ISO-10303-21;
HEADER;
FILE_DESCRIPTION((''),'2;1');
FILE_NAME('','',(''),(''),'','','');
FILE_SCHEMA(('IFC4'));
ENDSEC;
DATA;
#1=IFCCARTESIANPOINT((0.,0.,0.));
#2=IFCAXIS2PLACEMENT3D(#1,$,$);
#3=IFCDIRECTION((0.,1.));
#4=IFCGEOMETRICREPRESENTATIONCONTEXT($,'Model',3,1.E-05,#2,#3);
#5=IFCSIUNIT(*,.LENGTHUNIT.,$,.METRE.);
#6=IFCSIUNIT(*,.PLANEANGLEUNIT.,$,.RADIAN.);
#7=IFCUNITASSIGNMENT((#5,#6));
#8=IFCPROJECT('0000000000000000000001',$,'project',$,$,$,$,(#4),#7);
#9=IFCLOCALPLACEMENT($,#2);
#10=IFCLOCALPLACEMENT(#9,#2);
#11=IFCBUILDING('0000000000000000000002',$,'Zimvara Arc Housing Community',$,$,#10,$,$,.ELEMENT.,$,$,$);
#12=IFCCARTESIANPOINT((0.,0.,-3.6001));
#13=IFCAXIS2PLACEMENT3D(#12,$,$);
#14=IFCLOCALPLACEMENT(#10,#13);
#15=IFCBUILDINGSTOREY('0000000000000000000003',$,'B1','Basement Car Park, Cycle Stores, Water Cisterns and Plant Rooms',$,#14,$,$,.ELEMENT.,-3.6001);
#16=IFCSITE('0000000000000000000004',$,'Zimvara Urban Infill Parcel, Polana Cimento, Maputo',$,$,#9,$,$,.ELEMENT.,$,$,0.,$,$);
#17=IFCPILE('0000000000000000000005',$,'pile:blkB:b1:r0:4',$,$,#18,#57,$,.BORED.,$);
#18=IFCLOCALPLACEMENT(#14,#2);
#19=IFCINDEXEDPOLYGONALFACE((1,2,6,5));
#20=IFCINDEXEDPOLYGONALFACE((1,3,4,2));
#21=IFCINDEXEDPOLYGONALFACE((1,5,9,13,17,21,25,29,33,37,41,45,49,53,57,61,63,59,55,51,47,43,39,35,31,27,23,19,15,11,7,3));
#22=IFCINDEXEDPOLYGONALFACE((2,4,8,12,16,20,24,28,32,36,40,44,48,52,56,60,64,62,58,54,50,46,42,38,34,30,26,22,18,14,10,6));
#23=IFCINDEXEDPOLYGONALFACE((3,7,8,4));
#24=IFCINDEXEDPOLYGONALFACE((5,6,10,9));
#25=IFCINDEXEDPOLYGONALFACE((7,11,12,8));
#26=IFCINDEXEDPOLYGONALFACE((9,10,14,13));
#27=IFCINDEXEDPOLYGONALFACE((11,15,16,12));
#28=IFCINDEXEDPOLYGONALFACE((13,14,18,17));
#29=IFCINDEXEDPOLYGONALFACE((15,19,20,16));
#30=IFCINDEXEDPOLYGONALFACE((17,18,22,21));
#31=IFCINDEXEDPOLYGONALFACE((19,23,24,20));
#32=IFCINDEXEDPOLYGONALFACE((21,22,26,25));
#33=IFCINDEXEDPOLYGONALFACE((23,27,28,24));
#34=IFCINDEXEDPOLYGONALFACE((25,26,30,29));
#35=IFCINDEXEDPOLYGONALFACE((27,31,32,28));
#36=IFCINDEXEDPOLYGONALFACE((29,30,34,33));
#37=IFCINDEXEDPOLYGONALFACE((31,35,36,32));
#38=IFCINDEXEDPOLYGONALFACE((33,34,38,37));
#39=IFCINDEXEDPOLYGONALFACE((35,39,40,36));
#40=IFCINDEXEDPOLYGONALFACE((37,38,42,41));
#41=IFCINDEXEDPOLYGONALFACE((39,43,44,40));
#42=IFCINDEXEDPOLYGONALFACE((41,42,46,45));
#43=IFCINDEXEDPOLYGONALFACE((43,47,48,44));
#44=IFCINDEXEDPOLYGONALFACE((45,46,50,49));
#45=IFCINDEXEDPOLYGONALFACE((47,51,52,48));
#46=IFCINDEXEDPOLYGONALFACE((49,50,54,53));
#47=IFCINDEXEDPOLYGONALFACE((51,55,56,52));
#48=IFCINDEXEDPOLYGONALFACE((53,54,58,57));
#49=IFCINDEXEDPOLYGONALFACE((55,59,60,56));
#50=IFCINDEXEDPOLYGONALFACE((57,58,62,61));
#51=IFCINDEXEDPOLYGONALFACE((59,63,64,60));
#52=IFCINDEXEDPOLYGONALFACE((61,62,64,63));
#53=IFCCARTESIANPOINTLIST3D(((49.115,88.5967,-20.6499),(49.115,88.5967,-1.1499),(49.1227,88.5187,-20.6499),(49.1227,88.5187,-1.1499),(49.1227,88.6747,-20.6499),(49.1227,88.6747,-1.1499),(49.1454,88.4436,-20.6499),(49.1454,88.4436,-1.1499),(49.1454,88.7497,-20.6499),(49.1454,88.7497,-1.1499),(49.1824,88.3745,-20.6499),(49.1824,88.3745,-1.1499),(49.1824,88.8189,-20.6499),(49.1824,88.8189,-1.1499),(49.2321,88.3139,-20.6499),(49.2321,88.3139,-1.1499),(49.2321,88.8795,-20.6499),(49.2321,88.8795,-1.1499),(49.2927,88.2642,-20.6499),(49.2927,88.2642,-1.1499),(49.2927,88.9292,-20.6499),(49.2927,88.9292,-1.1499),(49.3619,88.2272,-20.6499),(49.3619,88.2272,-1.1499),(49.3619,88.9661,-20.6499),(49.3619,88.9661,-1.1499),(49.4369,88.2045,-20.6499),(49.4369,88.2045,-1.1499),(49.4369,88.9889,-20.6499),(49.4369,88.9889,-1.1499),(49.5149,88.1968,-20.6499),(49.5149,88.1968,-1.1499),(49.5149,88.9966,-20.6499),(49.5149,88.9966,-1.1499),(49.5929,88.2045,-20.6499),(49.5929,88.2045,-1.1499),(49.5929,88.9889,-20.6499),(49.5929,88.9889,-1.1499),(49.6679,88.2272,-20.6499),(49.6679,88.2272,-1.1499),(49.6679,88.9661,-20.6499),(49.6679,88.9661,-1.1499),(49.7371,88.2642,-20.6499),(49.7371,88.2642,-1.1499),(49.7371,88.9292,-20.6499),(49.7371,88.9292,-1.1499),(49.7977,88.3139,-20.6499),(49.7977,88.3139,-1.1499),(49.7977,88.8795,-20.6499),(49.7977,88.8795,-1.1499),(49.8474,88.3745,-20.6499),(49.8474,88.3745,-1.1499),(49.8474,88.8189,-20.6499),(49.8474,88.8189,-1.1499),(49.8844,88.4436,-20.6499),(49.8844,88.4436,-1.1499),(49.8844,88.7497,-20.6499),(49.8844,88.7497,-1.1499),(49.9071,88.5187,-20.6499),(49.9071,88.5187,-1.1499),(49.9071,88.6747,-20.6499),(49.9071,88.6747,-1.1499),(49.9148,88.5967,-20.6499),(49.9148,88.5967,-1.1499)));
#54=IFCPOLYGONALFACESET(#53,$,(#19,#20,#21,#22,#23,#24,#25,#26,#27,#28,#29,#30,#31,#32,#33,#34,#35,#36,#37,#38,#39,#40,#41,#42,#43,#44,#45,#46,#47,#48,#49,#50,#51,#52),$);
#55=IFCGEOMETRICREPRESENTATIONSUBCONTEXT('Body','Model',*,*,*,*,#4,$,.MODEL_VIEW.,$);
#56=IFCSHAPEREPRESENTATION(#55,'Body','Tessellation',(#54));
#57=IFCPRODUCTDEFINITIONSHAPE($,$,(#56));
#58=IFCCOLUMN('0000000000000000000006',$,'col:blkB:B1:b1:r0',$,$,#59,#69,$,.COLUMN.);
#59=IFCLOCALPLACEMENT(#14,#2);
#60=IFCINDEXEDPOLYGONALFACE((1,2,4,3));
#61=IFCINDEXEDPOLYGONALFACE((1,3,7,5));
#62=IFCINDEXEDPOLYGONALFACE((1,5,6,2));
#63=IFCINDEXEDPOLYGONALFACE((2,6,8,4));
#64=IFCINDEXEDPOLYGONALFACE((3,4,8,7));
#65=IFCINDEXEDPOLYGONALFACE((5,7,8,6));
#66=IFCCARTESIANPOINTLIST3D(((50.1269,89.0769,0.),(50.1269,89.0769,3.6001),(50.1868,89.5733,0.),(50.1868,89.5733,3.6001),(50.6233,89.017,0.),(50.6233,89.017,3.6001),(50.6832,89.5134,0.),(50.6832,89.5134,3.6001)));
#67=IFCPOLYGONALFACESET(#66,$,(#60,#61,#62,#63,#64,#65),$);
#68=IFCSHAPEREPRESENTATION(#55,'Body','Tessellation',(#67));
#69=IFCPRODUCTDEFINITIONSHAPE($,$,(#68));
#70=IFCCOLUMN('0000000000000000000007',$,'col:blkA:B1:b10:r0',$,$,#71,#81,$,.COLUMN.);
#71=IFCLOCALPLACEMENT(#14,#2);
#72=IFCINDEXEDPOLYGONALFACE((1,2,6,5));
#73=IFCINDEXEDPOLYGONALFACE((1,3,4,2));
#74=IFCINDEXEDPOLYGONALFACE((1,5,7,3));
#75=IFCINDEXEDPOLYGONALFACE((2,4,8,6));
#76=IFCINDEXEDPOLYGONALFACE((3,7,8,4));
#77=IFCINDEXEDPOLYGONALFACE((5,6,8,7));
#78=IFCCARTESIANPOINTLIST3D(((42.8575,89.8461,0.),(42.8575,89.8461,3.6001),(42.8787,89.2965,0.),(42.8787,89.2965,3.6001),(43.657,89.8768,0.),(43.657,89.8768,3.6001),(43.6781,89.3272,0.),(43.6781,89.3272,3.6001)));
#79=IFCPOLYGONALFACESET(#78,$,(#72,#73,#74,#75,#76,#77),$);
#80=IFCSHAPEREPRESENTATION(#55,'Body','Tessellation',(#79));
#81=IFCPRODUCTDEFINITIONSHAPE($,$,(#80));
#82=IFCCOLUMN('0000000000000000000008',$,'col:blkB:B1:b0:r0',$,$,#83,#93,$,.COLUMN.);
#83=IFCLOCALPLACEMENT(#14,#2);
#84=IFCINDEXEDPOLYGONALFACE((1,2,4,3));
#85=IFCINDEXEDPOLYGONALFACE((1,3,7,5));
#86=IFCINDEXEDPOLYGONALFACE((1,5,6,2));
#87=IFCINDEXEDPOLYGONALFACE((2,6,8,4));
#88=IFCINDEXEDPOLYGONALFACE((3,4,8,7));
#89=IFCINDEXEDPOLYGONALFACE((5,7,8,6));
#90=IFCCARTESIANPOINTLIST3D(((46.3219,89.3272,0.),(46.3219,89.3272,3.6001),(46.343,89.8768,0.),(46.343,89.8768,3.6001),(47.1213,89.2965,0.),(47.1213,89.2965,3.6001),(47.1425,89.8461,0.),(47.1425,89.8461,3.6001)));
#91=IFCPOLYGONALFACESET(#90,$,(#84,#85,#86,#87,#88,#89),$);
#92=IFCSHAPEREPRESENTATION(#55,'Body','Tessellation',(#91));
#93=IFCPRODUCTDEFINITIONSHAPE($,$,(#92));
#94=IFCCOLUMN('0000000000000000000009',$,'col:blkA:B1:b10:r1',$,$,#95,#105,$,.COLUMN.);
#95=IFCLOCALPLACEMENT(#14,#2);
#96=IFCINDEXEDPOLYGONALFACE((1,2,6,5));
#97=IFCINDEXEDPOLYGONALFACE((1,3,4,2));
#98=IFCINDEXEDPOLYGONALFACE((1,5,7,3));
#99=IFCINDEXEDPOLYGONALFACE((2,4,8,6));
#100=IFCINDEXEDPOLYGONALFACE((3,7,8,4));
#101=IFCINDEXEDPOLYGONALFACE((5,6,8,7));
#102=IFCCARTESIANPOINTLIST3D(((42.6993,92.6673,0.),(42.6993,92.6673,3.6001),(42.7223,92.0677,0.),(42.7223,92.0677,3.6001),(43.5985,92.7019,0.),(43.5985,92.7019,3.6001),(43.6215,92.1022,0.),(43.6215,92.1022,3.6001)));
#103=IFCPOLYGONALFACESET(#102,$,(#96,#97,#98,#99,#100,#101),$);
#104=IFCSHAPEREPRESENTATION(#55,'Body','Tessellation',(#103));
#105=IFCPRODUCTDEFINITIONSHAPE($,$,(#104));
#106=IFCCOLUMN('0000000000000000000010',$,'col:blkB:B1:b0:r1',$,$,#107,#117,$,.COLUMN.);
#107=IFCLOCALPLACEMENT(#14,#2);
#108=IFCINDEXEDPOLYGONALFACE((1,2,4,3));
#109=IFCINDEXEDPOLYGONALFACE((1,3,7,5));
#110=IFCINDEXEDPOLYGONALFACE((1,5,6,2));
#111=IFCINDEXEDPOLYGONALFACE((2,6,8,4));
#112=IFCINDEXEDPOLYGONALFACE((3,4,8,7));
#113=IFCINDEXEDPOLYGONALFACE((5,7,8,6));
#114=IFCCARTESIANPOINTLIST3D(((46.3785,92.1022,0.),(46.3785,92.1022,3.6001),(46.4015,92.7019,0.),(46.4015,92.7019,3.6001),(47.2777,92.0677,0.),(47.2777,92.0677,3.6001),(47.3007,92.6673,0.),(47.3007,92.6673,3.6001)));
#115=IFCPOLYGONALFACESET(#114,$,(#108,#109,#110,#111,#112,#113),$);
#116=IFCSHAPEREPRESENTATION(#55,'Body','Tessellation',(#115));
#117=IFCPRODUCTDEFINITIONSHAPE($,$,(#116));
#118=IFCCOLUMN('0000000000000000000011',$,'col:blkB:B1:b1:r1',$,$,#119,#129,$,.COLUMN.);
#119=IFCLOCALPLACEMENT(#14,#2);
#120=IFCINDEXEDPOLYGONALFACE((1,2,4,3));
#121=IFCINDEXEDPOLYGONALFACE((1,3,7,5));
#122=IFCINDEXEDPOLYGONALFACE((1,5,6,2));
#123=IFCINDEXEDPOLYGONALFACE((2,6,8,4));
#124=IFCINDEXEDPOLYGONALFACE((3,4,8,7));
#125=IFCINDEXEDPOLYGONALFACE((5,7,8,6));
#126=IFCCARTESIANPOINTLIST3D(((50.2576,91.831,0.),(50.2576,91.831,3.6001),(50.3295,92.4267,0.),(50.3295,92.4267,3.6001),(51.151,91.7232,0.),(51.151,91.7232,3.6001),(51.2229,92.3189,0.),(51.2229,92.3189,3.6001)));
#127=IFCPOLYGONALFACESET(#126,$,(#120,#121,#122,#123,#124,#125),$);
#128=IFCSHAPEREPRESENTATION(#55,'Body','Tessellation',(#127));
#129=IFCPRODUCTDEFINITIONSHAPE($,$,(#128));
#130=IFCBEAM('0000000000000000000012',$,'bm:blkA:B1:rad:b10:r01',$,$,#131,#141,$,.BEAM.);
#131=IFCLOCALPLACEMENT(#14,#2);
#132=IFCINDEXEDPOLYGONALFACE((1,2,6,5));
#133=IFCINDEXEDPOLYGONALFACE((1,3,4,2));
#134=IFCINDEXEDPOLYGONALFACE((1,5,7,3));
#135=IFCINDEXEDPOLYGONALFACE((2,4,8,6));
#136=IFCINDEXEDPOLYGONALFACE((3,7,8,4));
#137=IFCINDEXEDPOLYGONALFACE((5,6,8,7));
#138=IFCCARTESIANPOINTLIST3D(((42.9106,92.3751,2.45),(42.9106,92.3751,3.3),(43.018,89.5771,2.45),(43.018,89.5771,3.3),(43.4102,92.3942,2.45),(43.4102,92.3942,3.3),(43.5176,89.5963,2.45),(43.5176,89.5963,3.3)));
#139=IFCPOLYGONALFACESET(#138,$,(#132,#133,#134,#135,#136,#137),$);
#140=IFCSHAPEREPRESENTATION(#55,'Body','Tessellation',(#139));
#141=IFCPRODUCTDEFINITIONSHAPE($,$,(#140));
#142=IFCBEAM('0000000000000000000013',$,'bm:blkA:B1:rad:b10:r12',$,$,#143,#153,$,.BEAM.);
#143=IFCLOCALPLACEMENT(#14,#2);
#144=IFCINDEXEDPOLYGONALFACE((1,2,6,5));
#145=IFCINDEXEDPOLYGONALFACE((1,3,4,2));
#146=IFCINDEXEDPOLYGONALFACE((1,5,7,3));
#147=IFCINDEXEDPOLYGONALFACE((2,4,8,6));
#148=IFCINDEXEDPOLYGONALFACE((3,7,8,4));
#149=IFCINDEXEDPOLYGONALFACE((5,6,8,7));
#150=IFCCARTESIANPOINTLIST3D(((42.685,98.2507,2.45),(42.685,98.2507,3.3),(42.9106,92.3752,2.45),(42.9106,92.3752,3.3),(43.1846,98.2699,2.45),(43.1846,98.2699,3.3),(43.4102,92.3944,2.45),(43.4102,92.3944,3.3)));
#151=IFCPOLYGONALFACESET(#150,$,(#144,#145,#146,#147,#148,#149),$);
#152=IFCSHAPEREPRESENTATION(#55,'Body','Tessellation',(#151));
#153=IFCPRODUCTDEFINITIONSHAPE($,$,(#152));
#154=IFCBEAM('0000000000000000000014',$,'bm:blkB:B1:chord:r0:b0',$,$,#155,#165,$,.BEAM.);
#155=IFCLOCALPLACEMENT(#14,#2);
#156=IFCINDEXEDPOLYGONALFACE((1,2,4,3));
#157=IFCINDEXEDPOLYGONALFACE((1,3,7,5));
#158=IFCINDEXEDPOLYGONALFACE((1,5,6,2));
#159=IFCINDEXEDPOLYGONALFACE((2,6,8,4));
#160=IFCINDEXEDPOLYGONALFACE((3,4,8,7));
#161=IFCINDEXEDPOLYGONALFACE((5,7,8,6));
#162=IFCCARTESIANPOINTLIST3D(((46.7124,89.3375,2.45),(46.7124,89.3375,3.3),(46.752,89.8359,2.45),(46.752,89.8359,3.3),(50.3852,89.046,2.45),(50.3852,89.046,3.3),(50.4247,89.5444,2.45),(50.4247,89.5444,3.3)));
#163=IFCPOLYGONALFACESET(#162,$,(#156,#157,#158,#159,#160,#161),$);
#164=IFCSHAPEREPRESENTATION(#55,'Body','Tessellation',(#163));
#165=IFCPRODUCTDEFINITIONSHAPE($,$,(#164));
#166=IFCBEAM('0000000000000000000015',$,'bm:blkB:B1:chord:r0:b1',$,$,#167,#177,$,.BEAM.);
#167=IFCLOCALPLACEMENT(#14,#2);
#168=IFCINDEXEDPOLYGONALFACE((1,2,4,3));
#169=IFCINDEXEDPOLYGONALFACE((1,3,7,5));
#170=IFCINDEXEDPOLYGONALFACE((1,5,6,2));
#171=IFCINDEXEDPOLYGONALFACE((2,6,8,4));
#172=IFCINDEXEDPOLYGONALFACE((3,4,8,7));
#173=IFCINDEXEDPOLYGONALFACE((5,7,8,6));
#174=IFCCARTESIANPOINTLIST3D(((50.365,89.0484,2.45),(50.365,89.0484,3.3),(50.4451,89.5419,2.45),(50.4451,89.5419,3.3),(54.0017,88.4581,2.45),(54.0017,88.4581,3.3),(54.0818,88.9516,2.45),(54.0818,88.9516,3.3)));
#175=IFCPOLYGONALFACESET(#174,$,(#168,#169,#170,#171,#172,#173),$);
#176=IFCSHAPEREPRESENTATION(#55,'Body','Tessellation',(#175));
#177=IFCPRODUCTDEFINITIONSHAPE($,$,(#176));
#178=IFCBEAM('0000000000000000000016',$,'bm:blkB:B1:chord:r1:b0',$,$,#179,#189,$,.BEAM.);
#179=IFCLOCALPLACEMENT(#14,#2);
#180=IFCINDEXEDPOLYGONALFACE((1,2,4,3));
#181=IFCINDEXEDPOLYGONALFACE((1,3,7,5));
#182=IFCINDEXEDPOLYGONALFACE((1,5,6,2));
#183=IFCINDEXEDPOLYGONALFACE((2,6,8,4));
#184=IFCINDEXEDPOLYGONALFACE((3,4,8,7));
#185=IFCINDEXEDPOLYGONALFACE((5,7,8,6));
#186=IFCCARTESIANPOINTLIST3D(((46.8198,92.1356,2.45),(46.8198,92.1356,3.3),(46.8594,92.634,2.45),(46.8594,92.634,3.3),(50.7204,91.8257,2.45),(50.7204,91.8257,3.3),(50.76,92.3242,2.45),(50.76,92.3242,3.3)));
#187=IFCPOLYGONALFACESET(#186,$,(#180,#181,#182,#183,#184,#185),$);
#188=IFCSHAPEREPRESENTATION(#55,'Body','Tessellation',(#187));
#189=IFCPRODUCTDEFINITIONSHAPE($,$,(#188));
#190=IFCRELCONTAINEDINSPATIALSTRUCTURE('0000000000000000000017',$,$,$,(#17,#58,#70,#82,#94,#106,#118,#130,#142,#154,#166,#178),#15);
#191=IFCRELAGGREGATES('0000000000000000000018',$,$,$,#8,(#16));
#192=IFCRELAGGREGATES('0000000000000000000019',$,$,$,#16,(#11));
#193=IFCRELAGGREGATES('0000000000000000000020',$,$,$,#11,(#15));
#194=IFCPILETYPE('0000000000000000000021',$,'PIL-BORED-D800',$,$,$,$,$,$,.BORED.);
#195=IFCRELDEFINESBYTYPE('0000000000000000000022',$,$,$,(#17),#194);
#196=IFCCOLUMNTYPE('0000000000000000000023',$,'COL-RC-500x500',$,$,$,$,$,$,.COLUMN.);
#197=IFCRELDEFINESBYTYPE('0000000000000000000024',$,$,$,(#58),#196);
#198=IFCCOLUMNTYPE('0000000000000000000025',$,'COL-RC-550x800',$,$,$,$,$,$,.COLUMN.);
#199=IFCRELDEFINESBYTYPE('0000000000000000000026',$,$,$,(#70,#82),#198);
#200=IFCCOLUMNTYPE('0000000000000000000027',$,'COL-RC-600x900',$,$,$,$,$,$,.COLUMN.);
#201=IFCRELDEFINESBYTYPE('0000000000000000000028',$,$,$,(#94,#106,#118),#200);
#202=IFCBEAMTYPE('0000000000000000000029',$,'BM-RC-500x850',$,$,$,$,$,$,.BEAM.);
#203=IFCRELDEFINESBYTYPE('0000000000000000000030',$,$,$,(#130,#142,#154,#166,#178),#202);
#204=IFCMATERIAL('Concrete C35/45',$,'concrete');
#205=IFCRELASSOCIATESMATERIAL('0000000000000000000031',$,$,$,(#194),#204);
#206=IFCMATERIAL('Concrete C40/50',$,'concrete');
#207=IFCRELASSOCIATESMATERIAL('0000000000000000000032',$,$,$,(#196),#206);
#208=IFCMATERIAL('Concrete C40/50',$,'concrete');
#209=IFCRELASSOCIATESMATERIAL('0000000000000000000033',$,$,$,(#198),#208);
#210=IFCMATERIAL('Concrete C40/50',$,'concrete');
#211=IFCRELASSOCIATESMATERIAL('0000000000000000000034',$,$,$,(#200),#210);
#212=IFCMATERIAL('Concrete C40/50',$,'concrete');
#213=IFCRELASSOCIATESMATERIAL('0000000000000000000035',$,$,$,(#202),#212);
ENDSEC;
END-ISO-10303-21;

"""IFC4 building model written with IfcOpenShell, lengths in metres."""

from ifc_helpers import new_model, si_unit, direction, frame, origin, origin_2d, place, context, subcontext, project, spatial, rectangle, circle, extrude, material, material_profile, profile_set, type_object, element, save


model = new_model("IFC4")

# Units and contexts
model_context = context("Model", 3, precision=1e-05, world=origin(), true_north=direction((0.0, 1.0)))
body_context = subcontext(model_context, "Body", "Model", "MODEL_VIEW")
ifc_project = project(units=[si_unit("LENGTHUNIT", "METRE"), si_unit("PLANEANGLEUNIT", "RADIAN")], contexts=[model_context])

# Site, building, storey
site_placement = place(None, origin())
site = spatial("IfcSite", under=ifc_project, at=site_placement, Name="Zimvara Urban Infill Parcel, Polana Cimento, Maputo", CompositionType="ELEMENT", RefElevation=0.0)
building_placement = place(site_placement, origin())
building = spatial("IfcBuilding", under=site, at=building_placement, Name="Zimvara Arc Housing Community", CompositionType="ELEMENT")
storey_placement = place(building_placement, frame((0.0, 0.0, -3.6001)))
storey = spatial("IfcBuildingStorey", under=building, at=storey_placement, Name="B1", Description="Basement Car Park, Cycle Stores, Water Cisterns and Plant Rooms", CompositionType="ELEMENT", Elevation=-3.6001)

# Pile
ifc_material_1 = material(Name="Concrete C35/45", Category="concrete")
ifc_material_profile_1 = material_profile(ifc_material_1, circle(Radius=0.3999, at=origin_2d()), Name="PILE D800")
ifc_profile_set_1 = profile_set([ifc_material_profile_1], Name="Concrete C35/45")
pile_type = type_object("IfcPileType", Name="PIL-BORED-D800", PredefinedType="BORED", material=ifc_profile_set_1)
for number, where, z_axis, x_axis, name in (
    (1, (49.5149, 88.5967, -1.1499), (0.0, 0.0, -1.0), (1.0, 0.0, 0.0), "pile:blkB:b1:r0:4"),
):
    element("IfcPile", number, at=place(storey_placement, frame(where, z_axis=z_axis, x_axis=x_axis)), inside=storey, type_object=pile_type, Name=name, PredefinedType="BORED", context=body_context, shape_type="SweptSolid", body=[
        extrude(circle(Radius=0.3999, at=origin_2d()), origin(), (0.0, 0.0, 1.0), 19.5),
    ])

# Columns
ifc_material_2 = material(Name="Concrete C40/50", Category="concrete")
ifc_material_profile_2 = material_profile(ifc_material_2, rectangle(XDim=0.5, YDim=0.5, at=origin_2d()), Name="RC 500x500")
ifc_profile_set_2 = profile_set([ifc_material_profile_2], Name="Concrete C40/50")
column_type_1 = type_object("IfcColumnType", Name="COL-RC-500x500", PredefinedType="COLUMN", material=ifc_profile_set_2)
column_placement = place(storey_placement, frame((50.405, 89.2952, 0.0), z_axis=(0.0, 0.0, 1.0), x_axis=(0.11979, 0.992799, 0.0)))
element("IfcColumn", 2, at=column_placement, inside=storey, type_object=column_type_1, Name="col:blkB:B1:b1:r0", PredefinedType="COLUMN", context=body_context, shape_type="SweptSolid", body=[
    extrude(rectangle(XDim=0.5, YDim=0.5, at=origin_2d()), origin(), (0.0, 0.0, 1.0), 3.6001),
])
ifc_material_3 = material(Name="Concrete C40/50", Category="concrete")
ifc_material_profile_3 = material_profile(ifc_material_3, rectangle(XDim=0.55, YDim=0.8, at=origin_2d()), Name="RC 550x800")
ifc_profile_set_3 = profile_set([ifc_material_profile_3], Name="Concrete C40/50")
column_type_2 = type_object("IfcColumnType", Name="COL-RC-550x800", PredefinedType="COLUMN", material=ifc_profile_set_3)
for number, where, z_axis, x_axis, name in (
    (3, (43.2678, 89.5867, 0.0), (0.0, 0.0, 1.0), (-0.038388, 0.999263, 0.0), "col:blkA:B1:b10:r0"),
    (4, (46.7322, 89.5867, 0.0), (0.0, 0.0, 1.0), (0.038388, 0.999263, 0.0), "col:blkB:B1:b0:r0"),
):
    element("IfcColumn", number, at=place(storey_placement, frame(where, z_axis=z_axis, x_axis=x_axis)), inside=storey, type_object=column_type_2, Name=name, PredefinedType="COLUMN", context=body_context, shape_type="SweptSolid", body=[
        extrude(rectangle(XDim=0.55, YDim=0.8, at=origin_2d()), origin(), (0.0, 0.0, 1.0), 3.6001),
    ])
ifc_material_4 = material(Name="Concrete C40/50", Category="concrete")
ifc_material_profile_4 = material_profile(ifc_material_4, rectangle(XDim=0.6001, YDim=0.8999, at=origin_2d()), Name="RC 600x900")
ifc_profile_set_4 = profile_set([ifc_material_profile_4], Name="Concrete C40/50")
column_type_3 = type_object("IfcColumnType", Name="COL-RC-600x900", PredefinedType="COLUMN", material=ifc_profile_set_4)
for number, where, z_axis, x_axis, name in (
    (5, (43.1604, 92.3848, 0.0), (0.0, 0.0, 1.0), (-0.038388, 0.999263, 0.0), "col:blkA:B1:b10:r1"),
    (6, (46.8396, 92.3848, 0.0), (0.0, 0.0, 1.0), (0.038388, 0.999263, 0.0), "col:blkB:B1:b0:r1"),
    (7, (50.7402, 92.075, 0.0), (0.0, 0.0, 1.0), (0.11979, 0.992799, 0.0), "col:blkB:B1:b1:r1"),
):
    element("IfcColumn", number, at=place(storey_placement, frame(where, z_axis=z_axis, x_axis=x_axis)), inside=storey, type_object=column_type_3, Name=name, PredefinedType="COLUMN", context=body_context, shape_type="SweptSolid", body=[
        extrude(rectangle(XDim=0.6001, YDim=0.8999, at=origin_2d()), origin(), (0.0, 0.0, 1.0), 3.6001),
    ])

# Beams
ifc_material_5 = material(Name="Concrete C40/50", Category="concrete")
ifc_material_profile_5 = material_profile(ifc_material_5, rectangle(XDim=0.5, YDim=0.8501, at=origin_2d()), Name="RC 500x850")
ifc_profile_set_5 = profile_set([ifc_material_profile_5], Name="Concrete C40/50")
beam_type = type_object("IfcBeamType", Name="BM-RC-500x850", PredefinedType="BEAM", material=ifc_profile_set_5)
beam_1_placement = place(storey_placement, frame((43.2678, 89.5867, 2.875), z_axis=(-0.038363, 0.999264, 0.0), x_axis=(-0.999264, -0.038363, 0.0)))
element("IfcBeam", 8, at=beam_1_placement, inside=storey, type_object=beam_type, Name="bm:blkA:B1:rad:b10:r01", PredefinedType="BEAM", context=body_context, shape_type="SweptSolid", body=[
    extrude(rectangle(XDim=0.5, YDim=0.8501, at=origin_2d()), origin(), (0.0, 0.0, 1.0), 2.8),
])
beam_2_placement = place(storey_placement, frame((43.1604, 92.3848, 2.875), z_axis=(-0.038366, 0.999264, 0.0), x_axis=(-0.999264, -0.038366, 0.0)))
element("IfcBeam", 9, at=beam_2_placement, inside=storey, type_object=beam_type, Name="bm:blkA:B1:rad:b10:r12", PredefinedType="BEAM", context=body_context, shape_type="SweptSolid", body=[
    extrude(rectangle(XDim=0.5, YDim=0.8501, at=origin_2d()), origin(), (0.0, 0.0, 1.0), 5.8799),
])
for number, where, z_axis, x_axis, name in (
    (10, (46.7322, 89.5867, 2.875), (0.996865, -0.079118, 0.0), (0.079118, 0.996865, 0.0), "bm:blkB:B1:chord:r0:b0"),
    (11, (50.405, 89.2952, 2.875), (0.98708, -0.160228, 0.0), (0.160228, 0.98708, 0.0), "bm:blkB:B1:chord:r0:b1"),
):
    element("IfcBeam", number, at=place(storey_placement, frame(where, z_axis=z_axis, x_axis=x_axis)), inside=storey, type_object=beam_type, Name=name, PredefinedType="BEAM", context=body_context, shape_type="SweptSolid", body=[
        extrude(rectangle(XDim=0.5, YDim=0.8501, at=origin_2d()), origin(), (0.0, 0.0, 1.0), 3.6843),
    ])
beam_3_placement = place(storey_placement, frame((46.8396, 92.3848, 2.875), z_axis=(0.996861, -0.079177, 0.0), x_axis=(0.079177, 0.996861, 0.0)))
element("IfcBeam", 12, at=beam_3_placement, inside=storey, type_object=beam_type, Name="bm:blkB:B1:chord:r1:b0", PredefinedType="BEAM", context=body_context, shape_type="SweptSolid", body=[
    extrude(rectangle(XDim=0.5, YDim=0.8501, at=origin_2d()), origin(), (0.0, 0.0, 1.0), 3.9128),
])

save(model, "model.ifc")
